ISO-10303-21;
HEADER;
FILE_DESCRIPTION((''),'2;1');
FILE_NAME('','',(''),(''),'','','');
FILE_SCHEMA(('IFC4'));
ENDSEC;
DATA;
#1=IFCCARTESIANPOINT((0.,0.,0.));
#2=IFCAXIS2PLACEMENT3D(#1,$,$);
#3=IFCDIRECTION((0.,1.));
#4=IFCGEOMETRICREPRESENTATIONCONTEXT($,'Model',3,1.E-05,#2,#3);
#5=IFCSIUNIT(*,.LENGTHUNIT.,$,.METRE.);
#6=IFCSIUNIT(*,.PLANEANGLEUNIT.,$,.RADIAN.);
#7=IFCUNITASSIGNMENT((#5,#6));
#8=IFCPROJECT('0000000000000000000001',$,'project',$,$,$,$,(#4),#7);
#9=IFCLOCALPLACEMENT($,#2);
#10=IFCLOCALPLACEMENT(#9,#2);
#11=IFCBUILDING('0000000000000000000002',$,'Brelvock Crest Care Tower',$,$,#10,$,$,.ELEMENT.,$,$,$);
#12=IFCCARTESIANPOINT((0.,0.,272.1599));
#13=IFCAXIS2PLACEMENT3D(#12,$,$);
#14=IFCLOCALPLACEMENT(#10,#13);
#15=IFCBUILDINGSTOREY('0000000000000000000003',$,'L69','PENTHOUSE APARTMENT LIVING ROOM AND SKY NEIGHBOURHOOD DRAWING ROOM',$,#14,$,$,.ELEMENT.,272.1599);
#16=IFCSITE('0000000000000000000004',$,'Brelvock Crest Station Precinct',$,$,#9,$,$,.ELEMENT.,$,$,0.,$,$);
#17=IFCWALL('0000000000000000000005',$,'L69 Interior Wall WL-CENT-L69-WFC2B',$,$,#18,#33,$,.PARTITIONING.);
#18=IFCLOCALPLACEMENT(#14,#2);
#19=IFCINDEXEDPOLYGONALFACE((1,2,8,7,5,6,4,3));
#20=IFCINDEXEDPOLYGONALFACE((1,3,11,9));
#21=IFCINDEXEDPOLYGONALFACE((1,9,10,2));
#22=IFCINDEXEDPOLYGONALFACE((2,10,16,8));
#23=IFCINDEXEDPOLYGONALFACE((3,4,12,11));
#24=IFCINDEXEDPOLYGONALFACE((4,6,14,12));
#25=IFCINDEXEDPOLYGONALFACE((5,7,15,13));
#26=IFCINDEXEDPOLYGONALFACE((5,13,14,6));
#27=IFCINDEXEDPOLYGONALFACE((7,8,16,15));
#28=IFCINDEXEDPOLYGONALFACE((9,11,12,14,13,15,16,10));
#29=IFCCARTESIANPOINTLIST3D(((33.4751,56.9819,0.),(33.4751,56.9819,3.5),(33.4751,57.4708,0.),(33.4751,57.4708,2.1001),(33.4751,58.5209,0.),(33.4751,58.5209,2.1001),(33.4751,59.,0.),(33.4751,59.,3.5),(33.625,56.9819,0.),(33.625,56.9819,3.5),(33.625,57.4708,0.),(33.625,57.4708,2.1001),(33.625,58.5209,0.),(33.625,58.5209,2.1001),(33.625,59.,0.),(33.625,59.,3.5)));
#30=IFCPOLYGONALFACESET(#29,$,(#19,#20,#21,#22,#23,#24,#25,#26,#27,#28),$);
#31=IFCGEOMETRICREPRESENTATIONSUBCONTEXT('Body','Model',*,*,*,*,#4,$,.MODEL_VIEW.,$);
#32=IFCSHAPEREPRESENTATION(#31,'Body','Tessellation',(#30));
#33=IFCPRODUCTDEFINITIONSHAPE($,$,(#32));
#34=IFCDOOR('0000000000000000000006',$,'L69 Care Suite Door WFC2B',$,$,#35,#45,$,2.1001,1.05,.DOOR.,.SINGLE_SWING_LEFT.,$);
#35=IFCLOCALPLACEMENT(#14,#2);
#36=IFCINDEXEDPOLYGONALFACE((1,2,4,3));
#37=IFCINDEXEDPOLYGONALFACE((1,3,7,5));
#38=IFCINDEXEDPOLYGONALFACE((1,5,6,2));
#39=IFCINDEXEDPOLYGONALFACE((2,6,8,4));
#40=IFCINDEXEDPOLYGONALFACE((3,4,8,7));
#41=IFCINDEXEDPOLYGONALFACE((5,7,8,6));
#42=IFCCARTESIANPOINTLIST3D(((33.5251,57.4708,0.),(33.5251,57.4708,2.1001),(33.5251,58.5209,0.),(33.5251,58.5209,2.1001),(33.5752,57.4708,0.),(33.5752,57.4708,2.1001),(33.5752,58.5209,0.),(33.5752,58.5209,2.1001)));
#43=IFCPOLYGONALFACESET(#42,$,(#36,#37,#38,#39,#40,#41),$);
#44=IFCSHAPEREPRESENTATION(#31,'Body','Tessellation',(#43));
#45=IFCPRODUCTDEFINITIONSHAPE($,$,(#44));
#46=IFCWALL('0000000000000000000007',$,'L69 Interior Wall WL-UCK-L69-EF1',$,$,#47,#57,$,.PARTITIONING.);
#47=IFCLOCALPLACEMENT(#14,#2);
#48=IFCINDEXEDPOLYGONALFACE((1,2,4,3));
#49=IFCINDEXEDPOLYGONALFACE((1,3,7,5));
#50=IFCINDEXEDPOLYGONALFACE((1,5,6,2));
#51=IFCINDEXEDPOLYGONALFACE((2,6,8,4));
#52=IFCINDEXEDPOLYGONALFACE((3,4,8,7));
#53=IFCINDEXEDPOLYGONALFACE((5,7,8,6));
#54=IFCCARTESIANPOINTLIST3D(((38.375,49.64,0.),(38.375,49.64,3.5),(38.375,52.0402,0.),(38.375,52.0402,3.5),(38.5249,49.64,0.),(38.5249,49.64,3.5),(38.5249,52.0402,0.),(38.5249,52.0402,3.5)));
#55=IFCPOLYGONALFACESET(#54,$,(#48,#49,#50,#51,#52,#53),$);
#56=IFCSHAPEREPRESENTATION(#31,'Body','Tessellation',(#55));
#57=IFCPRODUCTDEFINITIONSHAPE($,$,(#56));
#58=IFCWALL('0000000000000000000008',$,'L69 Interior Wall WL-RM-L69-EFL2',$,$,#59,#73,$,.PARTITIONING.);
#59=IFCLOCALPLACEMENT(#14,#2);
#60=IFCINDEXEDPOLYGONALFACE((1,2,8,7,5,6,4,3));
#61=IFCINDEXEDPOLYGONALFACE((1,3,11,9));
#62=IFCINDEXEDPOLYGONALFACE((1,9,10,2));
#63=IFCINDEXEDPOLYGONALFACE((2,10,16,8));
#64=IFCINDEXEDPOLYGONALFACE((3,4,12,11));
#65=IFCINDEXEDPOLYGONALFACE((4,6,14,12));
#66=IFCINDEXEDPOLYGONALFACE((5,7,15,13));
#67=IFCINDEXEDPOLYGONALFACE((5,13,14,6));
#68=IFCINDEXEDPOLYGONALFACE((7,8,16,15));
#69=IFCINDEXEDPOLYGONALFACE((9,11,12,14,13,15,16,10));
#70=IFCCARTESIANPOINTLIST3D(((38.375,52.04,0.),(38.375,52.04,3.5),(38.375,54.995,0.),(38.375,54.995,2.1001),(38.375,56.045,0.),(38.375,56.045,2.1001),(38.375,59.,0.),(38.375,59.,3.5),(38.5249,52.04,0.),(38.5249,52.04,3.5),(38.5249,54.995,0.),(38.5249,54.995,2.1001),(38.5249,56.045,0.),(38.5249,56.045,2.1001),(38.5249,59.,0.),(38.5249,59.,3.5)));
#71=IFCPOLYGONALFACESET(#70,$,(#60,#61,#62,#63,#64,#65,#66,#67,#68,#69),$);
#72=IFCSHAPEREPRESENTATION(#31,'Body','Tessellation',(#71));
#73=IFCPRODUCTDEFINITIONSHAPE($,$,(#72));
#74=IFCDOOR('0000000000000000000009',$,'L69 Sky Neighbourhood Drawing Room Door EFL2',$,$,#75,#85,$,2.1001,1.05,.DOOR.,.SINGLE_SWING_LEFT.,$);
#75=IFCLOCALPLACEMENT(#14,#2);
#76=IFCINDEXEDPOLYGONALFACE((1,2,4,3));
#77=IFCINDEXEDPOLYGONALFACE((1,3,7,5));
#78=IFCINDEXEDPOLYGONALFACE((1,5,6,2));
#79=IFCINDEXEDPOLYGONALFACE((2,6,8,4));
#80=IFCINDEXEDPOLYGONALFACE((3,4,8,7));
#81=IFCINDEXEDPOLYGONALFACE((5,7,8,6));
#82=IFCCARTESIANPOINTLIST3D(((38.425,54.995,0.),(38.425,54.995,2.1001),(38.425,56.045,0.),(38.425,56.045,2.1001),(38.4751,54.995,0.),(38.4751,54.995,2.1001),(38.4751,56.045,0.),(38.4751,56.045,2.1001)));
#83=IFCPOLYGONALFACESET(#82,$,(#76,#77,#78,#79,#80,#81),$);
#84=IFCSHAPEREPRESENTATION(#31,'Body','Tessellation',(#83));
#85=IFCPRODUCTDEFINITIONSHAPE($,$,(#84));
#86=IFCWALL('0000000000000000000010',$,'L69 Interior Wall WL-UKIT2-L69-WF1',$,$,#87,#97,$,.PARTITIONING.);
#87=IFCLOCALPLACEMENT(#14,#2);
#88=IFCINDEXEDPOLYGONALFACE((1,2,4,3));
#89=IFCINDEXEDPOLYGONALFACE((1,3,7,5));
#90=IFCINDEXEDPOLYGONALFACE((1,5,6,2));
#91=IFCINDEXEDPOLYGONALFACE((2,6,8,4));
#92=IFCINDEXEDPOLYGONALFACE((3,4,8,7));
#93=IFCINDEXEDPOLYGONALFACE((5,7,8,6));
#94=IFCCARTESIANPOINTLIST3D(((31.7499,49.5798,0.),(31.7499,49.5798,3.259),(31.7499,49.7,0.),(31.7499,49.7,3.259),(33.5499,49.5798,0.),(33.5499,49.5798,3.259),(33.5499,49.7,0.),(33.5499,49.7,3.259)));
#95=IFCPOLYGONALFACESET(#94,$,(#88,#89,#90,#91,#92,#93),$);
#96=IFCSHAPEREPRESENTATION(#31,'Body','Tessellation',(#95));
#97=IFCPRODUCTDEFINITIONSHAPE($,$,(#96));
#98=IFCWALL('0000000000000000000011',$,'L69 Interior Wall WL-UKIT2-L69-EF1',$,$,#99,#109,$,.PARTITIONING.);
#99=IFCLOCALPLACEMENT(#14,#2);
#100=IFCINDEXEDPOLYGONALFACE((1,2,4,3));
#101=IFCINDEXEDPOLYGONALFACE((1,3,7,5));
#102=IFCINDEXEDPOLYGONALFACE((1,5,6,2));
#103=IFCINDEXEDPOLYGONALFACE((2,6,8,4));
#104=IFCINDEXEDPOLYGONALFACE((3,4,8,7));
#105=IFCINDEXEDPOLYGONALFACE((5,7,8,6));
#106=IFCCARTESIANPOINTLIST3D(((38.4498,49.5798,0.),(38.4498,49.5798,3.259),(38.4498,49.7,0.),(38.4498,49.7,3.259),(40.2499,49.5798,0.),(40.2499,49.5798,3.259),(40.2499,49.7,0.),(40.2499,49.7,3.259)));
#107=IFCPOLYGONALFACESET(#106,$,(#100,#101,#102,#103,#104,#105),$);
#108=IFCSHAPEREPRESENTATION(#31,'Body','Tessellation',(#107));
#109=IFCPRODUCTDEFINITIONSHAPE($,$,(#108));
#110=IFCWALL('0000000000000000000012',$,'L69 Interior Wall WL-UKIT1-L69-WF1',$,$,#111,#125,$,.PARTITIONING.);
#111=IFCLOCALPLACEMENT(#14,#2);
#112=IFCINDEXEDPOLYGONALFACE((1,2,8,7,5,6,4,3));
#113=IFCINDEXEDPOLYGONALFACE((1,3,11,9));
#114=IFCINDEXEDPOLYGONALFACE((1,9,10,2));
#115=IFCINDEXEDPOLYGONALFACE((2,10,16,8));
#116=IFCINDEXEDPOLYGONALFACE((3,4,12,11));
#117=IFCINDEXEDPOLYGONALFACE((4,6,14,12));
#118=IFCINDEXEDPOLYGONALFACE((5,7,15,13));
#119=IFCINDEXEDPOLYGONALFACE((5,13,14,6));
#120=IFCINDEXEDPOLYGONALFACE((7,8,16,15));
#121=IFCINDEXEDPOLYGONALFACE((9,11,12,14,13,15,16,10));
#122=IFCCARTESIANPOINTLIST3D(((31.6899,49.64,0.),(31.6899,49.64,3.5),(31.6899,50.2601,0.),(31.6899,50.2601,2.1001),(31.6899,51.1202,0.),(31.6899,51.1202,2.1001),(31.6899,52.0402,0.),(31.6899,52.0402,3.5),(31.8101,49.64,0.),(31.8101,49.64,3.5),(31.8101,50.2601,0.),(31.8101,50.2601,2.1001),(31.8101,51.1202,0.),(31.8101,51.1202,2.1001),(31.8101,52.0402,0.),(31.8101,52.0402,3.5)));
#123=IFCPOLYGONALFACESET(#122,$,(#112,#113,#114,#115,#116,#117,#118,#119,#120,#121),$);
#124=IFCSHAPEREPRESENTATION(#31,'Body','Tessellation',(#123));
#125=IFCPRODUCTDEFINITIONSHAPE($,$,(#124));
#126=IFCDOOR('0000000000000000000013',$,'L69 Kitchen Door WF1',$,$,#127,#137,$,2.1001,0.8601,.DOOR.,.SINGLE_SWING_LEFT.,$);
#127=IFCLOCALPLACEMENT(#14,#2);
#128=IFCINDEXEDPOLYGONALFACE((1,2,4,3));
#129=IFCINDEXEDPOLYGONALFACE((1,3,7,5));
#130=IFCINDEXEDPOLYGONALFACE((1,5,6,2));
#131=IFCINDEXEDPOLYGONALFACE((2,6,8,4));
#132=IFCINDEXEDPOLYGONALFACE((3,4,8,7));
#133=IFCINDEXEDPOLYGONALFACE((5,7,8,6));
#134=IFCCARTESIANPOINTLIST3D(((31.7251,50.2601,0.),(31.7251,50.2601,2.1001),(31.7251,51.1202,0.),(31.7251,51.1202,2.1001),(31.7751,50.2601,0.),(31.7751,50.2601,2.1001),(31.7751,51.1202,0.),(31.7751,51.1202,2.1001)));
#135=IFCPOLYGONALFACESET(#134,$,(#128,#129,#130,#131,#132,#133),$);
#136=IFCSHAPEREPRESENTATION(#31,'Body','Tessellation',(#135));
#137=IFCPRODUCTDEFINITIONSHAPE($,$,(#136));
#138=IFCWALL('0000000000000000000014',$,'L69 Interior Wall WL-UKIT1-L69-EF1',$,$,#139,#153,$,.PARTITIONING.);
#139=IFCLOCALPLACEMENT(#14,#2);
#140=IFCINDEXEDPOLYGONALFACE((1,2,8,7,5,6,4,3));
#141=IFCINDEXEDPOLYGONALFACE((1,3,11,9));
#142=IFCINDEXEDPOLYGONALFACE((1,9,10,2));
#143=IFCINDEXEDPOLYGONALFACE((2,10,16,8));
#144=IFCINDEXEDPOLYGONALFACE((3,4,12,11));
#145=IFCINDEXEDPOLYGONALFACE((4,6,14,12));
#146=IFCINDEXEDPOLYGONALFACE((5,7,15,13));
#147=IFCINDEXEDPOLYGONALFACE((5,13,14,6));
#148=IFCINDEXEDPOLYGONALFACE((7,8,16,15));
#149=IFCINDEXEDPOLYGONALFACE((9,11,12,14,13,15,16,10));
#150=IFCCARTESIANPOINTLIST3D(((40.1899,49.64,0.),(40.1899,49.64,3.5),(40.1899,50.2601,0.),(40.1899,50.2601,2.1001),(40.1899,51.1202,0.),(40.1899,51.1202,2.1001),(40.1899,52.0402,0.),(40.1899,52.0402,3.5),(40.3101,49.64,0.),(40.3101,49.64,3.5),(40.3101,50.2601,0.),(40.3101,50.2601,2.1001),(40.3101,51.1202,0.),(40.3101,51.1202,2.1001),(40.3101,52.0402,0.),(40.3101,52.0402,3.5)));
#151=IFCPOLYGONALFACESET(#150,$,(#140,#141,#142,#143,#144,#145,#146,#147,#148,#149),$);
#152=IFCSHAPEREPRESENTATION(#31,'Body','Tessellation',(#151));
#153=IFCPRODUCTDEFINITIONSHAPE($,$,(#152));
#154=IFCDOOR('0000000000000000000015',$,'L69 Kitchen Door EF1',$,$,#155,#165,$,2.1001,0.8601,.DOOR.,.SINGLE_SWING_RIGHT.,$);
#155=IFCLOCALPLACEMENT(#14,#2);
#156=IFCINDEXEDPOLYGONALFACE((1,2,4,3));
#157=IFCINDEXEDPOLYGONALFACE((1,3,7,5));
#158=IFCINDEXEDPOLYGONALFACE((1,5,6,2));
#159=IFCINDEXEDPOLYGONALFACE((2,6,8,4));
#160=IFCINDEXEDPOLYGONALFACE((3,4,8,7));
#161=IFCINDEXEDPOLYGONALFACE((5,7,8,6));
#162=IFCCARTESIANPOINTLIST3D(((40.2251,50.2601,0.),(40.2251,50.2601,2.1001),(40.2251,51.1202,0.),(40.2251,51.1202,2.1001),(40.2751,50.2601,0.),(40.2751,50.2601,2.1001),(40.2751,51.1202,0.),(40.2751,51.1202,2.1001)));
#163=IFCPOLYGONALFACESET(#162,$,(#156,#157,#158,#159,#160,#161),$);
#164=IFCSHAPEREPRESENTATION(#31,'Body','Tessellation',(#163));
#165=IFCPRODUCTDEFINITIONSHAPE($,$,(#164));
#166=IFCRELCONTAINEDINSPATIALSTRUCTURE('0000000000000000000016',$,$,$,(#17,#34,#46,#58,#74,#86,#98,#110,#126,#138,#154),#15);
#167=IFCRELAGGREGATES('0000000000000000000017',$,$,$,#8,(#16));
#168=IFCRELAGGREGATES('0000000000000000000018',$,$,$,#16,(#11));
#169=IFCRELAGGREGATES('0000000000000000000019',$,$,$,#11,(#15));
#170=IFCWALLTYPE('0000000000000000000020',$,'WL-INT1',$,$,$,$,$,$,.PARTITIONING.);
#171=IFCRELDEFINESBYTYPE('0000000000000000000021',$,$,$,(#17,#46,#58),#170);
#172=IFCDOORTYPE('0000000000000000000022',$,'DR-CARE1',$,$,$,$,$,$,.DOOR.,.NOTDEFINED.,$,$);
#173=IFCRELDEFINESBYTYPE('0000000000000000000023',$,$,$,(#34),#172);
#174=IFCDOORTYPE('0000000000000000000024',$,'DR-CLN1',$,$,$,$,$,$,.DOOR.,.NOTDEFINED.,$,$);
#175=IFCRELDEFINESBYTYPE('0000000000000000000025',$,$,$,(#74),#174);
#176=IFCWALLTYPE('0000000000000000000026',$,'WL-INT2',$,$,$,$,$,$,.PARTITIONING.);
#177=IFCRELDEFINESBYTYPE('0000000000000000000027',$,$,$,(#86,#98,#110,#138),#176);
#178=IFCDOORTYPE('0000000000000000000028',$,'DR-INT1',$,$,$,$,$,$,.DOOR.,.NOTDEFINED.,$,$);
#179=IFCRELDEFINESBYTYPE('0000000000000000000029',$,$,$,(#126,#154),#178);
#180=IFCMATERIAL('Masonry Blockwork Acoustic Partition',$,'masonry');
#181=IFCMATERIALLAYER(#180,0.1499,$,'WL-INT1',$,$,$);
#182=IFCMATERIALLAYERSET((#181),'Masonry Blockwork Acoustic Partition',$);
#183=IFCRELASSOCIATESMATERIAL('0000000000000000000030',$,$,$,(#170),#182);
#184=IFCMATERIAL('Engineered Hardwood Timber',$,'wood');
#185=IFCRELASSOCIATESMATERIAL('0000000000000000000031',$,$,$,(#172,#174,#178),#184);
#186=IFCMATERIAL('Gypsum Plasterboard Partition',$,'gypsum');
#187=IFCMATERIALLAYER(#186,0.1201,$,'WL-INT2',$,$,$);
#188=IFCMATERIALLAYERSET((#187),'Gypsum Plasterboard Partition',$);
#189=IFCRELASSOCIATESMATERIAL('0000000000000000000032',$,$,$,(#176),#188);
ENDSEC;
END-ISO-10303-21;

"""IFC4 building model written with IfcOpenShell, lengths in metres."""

from ifc_helpers import new_model, si_unit, direction, frame, frame_2d, origin, origin_2d, place, context, subcontext, project, spatial, rectangle, extrude, source, transform, mapped, material, layer, layer_set, type_object, element, fill, save


model = new_model("IFC4")

# Units and contexts
model_context = context("Model", 3, precision=1e-05, world=origin(), true_north=direction((0.0, 1.0)))
body_context = subcontext(model_context, "Body", "Model", "MODEL_VIEW")
ifc_project = project(units=[si_unit("LENGTHUNIT", "METRE"), si_unit("PLANEANGLEUNIT", "RADIAN")], contexts=[model_context])

# Site, building, storey
site_placement = place(None, origin())
site = spatial("IfcSite", under=ifc_project, at=site_placement, Name="Brelvock Crest Station Precinct", CompositionType="ELEMENT", RefElevation=0.0)
building_placement = place(site_placement, origin())
building = spatial("IfcBuilding", under=site, at=building_placement, Name="Brelvock Crest Care Tower", CompositionType="ELEMENT")
storey_placement = place(building_placement, frame((0.0, 0.0, 272.1599)))
storey = spatial("IfcBuildingStorey", under=building, at=storey_placement, Name="L69", Description="PENTHOUSE APARTMENT LIVING ROOM AND SKY NEIGHBOURHOOD DRAWING ROOM", CompositionType="ELEMENT", Elevation=272.1599)

# Shared definitions
ifc_material_1 = material(Name="Masonry Blockwork Acoustic Partition", Category="masonry")
ifc_layer_1 = layer(ifc_material_1, 0.1499, Name="WL-INT1")
ifc_layer_set_1 = layer_set([ifc_layer_1], Name="Masonry Blockwork Acoustic Partition")
wall_type_1 = type_object("IfcWallType", Name="WL-INT1", PredefinedType="PARTITIONING", material=ifc_layer_set_1)

# Wall, opening, door
ifc_material_2 = material(Name="Engineered Hardwood Timber", Category="wood")
door_type_1 = type_object("IfcDoorType", Name="DR-CARE1", OperationType="NOTDEFINED", PredefinedType="DOOR", material=ifc_material_2)
shared_shape_1 = source(origin(), body_context, "Body", "SweptSolid", [
    extrude(rectangle(XDim=1.05, YDim=2.1001, at=origin_2d()), frame((0.5249, 0.0249, 1.05), z_axis=(0.0, -1.0, 0.0), x_axis=(1.0, 0.0, 0.0)), (0.0, 0.0, 1.0), 0.05),
])
wall_1_placement = place(storey_placement, frame((33.55, 56.9819, 0.0), z_axis=(0.0, 0.0, 1.0), x_axis=(0.0, 1.0, 0.0)))
wall_1 = element("IfcWall", 1, at=wall_1_placement, inside=storey, type_object=wall_type_1, Name="L69 Interior Wall WL-CENT-L69-WFC2B", PredefinedType="PARTITIONING", context=body_context, shape_type="SweptSolid", body=[
    extrude(rectangle(XDim=2.0181, YDim=0.1499, at=frame_2d((1.009, 0.0))), origin(), (0.0, 0.0, 1.0), 3.5),
])
opening_1_placement = place(wall_1_placement, frame((0.489, 0.0, 0.0)))
opening_1 = element("IfcOpeningElement", 2, at=opening_1_placement, cuts=wall_1, PredefinedType="OPENING", context=body_context, shape_type="SweptSolid", body=[
    extrude(rectangle(XDim=1.05, YDim=2.1001, at=origin_2d()), frame((0.5249, 0.085, 1.05), z_axis=(0.0, -1.0, 0.0), x_axis=(1.0, 0.0, 0.0)), (0.0, 0.0, 1.0), 0.1699),
])
door_1_placement = place(opening_1_placement, origin())
door_1 = element("IfcDoor", 3, at=door_1_placement, inside=storey, type_object=door_type_1, Name="L69 Care Suite Door WFC2B", OperationType="SINGLE_SWING_LEFT", OverallHeight=2.1001, OverallWidth=1.05, PredefinedType="DOOR", context=body_context, shape_type="MappedRepresentation", body=[
    mapped(shared_shape_1, transform((0.0, 0.0, 0.0), x_axis=(1.0, 0.0, 0.0), y_axis=(0.0, 1.0, 0.0), z_axis=(0.0, 0.0, 1.0), scale=1.0)),
])
fill(opening_1, door_1)

# Wall
wall_2_placement = place(storey_placement, frame((38.45, 49.6399, 0.0), z_axis=(0.0, 0.0, 1.0), x_axis=(0.0, 1.0, 0.0)))
element("IfcWall", 4, at=wall_2_placement, inside=storey, type_object=wall_type_1, Name="L69 Interior Wall WL-UCK-L69-EF1", PredefinedType="PARTITIONING", context=body_context, shape_type="SweptSolid", body=[
    extrude(rectangle(XDim=2.4001, YDim=0.1499, at=frame_2d((1.2002, 0.0))), origin(), (0.0, 0.0, 1.0), 3.5),
])

# Wall, opening, door
wall_3_placement = place(storey_placement, frame((38.45, 52.04, 0.0), z_axis=(0.0, 0.0, 1.0), x_axis=(0.0, 1.0, 0.0)))
wall_3 = element("IfcWall", 5, at=wall_3_placement, inside=storey, type_object=wall_type_1, Name="L69 Interior Wall WL-RM-L69-EFL2", PredefinedType="PARTITIONING", context=body_context, shape_type="SweptSolid", body=[
    extrude(rectangle(XDim=6.96, YDim=0.1499, at=frame_2d((3.48, 0.0))), origin(), (0.0, 0.0, 1.0), 3.5),
])
opening_2_placement = place(wall_3_placement, frame((2.9551, 0.0, 0.0)))
opening_2 = element("IfcOpeningElement", 6, at=opening_2_placement, cuts=wall_3, PredefinedType="OPENING", context=body_context, shape_type="SweptSolid", body=[
    extrude(rectangle(XDim=1.05, YDim=2.1001, at=origin_2d()), frame((0.5249, 0.085, 1.05), z_axis=(0.0, -1.0, 0.0), x_axis=(1.0, 0.0, 0.0)), (0.0, 0.0, 1.0), 0.1699),
])
door_type_2 = type_object("IfcDoorType", Name="DR-CLN1", OperationType="NOTDEFINED", PredefinedType="DOOR", material=ifc_material_2)
shared_shape_2 = source(origin(), body_context, "Body", "SweptSolid", [
    extrude(rectangle(XDim=1.05, YDim=2.1001, at=origin_2d()), frame((0.5249, 0.0249, 1.05), z_axis=(0.0, -1.0, 0.0), x_axis=(1.0, 0.0, 0.0)), (0.0, 0.0, 1.0), 0.05),
])
door_2_placement = place(opening_2_placement, origin())
door_2 = element("IfcDoor", 7, at=door_2_placement, inside=storey, type_object=door_type_2, Name="L69 Sky Neighbourhood Drawing Room Door EFL2", OperationType="SINGLE_SWING_LEFT", OverallHeight=2.1001, OverallWidth=1.05, PredefinedType="DOOR", context=body_context, shape_type="MappedRepresentation", body=[
    mapped(shared_shape_2, transform((0.0, 0.0, 0.0), x_axis=(1.0, 0.0, 0.0), y_axis=(0.0, 1.0, 0.0), z_axis=(0.0, 0.0, 1.0), scale=1.0)),
])
fill(opening_2, door_2)

# Walls
ifc_material_3 = material(Name="Gypsum Plasterboard Partition", Category="gypsum")
ifc_layer_2 = layer(ifc_material_3, 0.1201, Name="WL-INT2")
ifc_layer_set_2 = layer_set([ifc_layer_2], Name="Gypsum Plasterboard Partition")
wall_type_2 = type_object("IfcWallType", Name="WL-INT2", PredefinedType="PARTITIONING", material=ifc_layer_set_2)
for number, where, z_axis, x_axis, name in (
    (8, (31.75, 49.6399, 0.0), (0.0, 0.0, 1.0), (1.0, 0.0, 0.0), "L69 Interior Wall WL-UKIT2-L69-WF1"),
    (9, (38.45, 49.6399, 0.0), (0.0, 0.0, 1.0), (1.0, 0.0, 0.0), "L69 Interior Wall WL-UKIT2-L69-EF1"),
):
    element("IfcWall", number, at=place(storey_placement, frame(where, z_axis=z_axis, x_axis=x_axis)), inside=storey, type_object=wall_type_2, Name=name, PredefinedType="PARTITIONING", context=body_context, shape_type="SweptSolid", body=[
        extrude(rectangle(XDim=1.8, YDim=0.1201, at=frame_2d((0.8999, 0.0))), origin(), (0.0, 0.0, 1.0), 3.259),
    ])

# Walls, openings, doors
wall_4_placement = place(storey_placement, frame((31.75, 49.6399, 0.0), z_axis=(0.0, 0.0, 1.0), x_axis=(0.0, 1.0, 0.0)))
wall_4 = element("IfcWall", 10, at=wall_4_placement, inside=storey, type_object=wall_type_2, Name="L69 Interior Wall WL-UKIT1-L69-WF1", PredefinedType="PARTITIONING", context=body_context, shape_type="SweptSolid", body=[
    extrude(rectangle(XDim=2.4001, YDim=0.1201, at=frame_2d((1.2002, 0.0))), origin(), (0.0, 0.0, 1.0), 3.5),
])
opening_3_placement = place(wall_4_placement, frame((0.6201, 0.0, 0.0)))
opening_3 = element("IfcOpeningElement", 11, at=opening_3_placement, cuts=wall_4, PredefinedType="OPENING", context=body_context, shape_type="SweptSolid", body=[
    extrude(rectangle(XDim=0.8601, YDim=2.1001, at=origin_2d()), frame((0.4302, 0.0701, 1.05), z_axis=(0.0, -1.0, 0.0), x_axis=(1.0, 0.0, 0.0)), (0.0, 0.0, 1.0), 0.1401),
])
door_type_3 = type_object("IfcDoorType", Name="DR-INT1", OperationType="NOTDEFINED", PredefinedType="DOOR", material=ifc_material_2)
shared_shape_3 = source(origin(), body_context, "Body", "SweptSolid", [
    extrude(rectangle(XDim=0.8601, YDim=2.1001, at=origin_2d()), frame((0.4302, 0.0249, 1.05), z_axis=(0.0, -1.0, 0.0), x_axis=(1.0, 0.0, 0.0)), (0.0, 0.0, 1.0), 0.05),
])
door_3_placement = place(opening_3_placement, origin())
door_3 = element("IfcDoor", 12, at=door_3_placement, inside=storey, type_object=door_type_3, Name="L69 Kitchen Door WF1", OperationType="SINGLE_SWING_LEFT", OverallHeight=2.1001, OverallWidth=0.8601, PredefinedType="DOOR", context=body_context, shape_type="MappedRepresentation", body=[
    mapped(shared_shape_3, transform((0.0, 0.0, 0.0), x_axis=(1.0, 0.0, 0.0), y_axis=(0.0, 1.0, 0.0), z_axis=(0.0, 0.0, 1.0), scale=1.0)),
])
fill(opening_3, door_3)
wall_5_placement = place(storey_placement, frame((40.25, 49.6399, 0.0), z_axis=(0.0, 0.0, 1.0), x_axis=(0.0, 1.0, 0.0)))
wall_5 = element("IfcWall", 13, at=wall_5_placement, inside=storey, type_object=wall_type_2, Name="L69 Interior Wall WL-UKIT1-L69-EF1", PredefinedType="PARTITIONING", context=body_context, shape_type="SweptSolid", body=[
    extrude(rectangle(XDim=2.4001, YDim=0.1201, at=frame_2d((1.2002, 0.0))), origin(), (0.0, 0.0, 1.0), 3.5),
])
opening_4_placement = place(wall_5_placement, frame((0.6201, 0.0, 0.0)))
opening_4 = element("IfcOpeningElement", 14, at=opening_4_placement, cuts=wall_5, PredefinedType="OPENING", context=body_context, shape_type="SweptSolid", body=[
    extrude(rectangle(XDim=0.8601, YDim=2.1001, at=origin_2d()), frame((0.4302, 0.0701, 1.05), z_axis=(0.0, -1.0, 0.0), x_axis=(1.0, 0.0, 0.0)), (0.0, 0.0, 1.0), 0.1401),
])
door_4_placement = place(opening_4_placement, origin())
door_4 = element("IfcDoor", 15, at=door_4_placement, inside=storey, type_object=door_type_3, Name="L69 Kitchen Door EF1", OperationType="SINGLE_SWING_RIGHT", OverallHeight=2.1001, OverallWidth=0.8601, PredefinedType="DOOR", context=body_context, shape_type="MappedRepresentation", body=[
    mapped(shared_shape_3, transform((0.0, 0.0, 0.0), x_axis=(1.0, 0.0, 0.0), y_axis=(0.0, 1.0, 0.0), z_axis=(0.0, 0.0, 1.0), scale=1.0)),
])
fill(opening_4, door_4)

save(model, "model.ifc")
